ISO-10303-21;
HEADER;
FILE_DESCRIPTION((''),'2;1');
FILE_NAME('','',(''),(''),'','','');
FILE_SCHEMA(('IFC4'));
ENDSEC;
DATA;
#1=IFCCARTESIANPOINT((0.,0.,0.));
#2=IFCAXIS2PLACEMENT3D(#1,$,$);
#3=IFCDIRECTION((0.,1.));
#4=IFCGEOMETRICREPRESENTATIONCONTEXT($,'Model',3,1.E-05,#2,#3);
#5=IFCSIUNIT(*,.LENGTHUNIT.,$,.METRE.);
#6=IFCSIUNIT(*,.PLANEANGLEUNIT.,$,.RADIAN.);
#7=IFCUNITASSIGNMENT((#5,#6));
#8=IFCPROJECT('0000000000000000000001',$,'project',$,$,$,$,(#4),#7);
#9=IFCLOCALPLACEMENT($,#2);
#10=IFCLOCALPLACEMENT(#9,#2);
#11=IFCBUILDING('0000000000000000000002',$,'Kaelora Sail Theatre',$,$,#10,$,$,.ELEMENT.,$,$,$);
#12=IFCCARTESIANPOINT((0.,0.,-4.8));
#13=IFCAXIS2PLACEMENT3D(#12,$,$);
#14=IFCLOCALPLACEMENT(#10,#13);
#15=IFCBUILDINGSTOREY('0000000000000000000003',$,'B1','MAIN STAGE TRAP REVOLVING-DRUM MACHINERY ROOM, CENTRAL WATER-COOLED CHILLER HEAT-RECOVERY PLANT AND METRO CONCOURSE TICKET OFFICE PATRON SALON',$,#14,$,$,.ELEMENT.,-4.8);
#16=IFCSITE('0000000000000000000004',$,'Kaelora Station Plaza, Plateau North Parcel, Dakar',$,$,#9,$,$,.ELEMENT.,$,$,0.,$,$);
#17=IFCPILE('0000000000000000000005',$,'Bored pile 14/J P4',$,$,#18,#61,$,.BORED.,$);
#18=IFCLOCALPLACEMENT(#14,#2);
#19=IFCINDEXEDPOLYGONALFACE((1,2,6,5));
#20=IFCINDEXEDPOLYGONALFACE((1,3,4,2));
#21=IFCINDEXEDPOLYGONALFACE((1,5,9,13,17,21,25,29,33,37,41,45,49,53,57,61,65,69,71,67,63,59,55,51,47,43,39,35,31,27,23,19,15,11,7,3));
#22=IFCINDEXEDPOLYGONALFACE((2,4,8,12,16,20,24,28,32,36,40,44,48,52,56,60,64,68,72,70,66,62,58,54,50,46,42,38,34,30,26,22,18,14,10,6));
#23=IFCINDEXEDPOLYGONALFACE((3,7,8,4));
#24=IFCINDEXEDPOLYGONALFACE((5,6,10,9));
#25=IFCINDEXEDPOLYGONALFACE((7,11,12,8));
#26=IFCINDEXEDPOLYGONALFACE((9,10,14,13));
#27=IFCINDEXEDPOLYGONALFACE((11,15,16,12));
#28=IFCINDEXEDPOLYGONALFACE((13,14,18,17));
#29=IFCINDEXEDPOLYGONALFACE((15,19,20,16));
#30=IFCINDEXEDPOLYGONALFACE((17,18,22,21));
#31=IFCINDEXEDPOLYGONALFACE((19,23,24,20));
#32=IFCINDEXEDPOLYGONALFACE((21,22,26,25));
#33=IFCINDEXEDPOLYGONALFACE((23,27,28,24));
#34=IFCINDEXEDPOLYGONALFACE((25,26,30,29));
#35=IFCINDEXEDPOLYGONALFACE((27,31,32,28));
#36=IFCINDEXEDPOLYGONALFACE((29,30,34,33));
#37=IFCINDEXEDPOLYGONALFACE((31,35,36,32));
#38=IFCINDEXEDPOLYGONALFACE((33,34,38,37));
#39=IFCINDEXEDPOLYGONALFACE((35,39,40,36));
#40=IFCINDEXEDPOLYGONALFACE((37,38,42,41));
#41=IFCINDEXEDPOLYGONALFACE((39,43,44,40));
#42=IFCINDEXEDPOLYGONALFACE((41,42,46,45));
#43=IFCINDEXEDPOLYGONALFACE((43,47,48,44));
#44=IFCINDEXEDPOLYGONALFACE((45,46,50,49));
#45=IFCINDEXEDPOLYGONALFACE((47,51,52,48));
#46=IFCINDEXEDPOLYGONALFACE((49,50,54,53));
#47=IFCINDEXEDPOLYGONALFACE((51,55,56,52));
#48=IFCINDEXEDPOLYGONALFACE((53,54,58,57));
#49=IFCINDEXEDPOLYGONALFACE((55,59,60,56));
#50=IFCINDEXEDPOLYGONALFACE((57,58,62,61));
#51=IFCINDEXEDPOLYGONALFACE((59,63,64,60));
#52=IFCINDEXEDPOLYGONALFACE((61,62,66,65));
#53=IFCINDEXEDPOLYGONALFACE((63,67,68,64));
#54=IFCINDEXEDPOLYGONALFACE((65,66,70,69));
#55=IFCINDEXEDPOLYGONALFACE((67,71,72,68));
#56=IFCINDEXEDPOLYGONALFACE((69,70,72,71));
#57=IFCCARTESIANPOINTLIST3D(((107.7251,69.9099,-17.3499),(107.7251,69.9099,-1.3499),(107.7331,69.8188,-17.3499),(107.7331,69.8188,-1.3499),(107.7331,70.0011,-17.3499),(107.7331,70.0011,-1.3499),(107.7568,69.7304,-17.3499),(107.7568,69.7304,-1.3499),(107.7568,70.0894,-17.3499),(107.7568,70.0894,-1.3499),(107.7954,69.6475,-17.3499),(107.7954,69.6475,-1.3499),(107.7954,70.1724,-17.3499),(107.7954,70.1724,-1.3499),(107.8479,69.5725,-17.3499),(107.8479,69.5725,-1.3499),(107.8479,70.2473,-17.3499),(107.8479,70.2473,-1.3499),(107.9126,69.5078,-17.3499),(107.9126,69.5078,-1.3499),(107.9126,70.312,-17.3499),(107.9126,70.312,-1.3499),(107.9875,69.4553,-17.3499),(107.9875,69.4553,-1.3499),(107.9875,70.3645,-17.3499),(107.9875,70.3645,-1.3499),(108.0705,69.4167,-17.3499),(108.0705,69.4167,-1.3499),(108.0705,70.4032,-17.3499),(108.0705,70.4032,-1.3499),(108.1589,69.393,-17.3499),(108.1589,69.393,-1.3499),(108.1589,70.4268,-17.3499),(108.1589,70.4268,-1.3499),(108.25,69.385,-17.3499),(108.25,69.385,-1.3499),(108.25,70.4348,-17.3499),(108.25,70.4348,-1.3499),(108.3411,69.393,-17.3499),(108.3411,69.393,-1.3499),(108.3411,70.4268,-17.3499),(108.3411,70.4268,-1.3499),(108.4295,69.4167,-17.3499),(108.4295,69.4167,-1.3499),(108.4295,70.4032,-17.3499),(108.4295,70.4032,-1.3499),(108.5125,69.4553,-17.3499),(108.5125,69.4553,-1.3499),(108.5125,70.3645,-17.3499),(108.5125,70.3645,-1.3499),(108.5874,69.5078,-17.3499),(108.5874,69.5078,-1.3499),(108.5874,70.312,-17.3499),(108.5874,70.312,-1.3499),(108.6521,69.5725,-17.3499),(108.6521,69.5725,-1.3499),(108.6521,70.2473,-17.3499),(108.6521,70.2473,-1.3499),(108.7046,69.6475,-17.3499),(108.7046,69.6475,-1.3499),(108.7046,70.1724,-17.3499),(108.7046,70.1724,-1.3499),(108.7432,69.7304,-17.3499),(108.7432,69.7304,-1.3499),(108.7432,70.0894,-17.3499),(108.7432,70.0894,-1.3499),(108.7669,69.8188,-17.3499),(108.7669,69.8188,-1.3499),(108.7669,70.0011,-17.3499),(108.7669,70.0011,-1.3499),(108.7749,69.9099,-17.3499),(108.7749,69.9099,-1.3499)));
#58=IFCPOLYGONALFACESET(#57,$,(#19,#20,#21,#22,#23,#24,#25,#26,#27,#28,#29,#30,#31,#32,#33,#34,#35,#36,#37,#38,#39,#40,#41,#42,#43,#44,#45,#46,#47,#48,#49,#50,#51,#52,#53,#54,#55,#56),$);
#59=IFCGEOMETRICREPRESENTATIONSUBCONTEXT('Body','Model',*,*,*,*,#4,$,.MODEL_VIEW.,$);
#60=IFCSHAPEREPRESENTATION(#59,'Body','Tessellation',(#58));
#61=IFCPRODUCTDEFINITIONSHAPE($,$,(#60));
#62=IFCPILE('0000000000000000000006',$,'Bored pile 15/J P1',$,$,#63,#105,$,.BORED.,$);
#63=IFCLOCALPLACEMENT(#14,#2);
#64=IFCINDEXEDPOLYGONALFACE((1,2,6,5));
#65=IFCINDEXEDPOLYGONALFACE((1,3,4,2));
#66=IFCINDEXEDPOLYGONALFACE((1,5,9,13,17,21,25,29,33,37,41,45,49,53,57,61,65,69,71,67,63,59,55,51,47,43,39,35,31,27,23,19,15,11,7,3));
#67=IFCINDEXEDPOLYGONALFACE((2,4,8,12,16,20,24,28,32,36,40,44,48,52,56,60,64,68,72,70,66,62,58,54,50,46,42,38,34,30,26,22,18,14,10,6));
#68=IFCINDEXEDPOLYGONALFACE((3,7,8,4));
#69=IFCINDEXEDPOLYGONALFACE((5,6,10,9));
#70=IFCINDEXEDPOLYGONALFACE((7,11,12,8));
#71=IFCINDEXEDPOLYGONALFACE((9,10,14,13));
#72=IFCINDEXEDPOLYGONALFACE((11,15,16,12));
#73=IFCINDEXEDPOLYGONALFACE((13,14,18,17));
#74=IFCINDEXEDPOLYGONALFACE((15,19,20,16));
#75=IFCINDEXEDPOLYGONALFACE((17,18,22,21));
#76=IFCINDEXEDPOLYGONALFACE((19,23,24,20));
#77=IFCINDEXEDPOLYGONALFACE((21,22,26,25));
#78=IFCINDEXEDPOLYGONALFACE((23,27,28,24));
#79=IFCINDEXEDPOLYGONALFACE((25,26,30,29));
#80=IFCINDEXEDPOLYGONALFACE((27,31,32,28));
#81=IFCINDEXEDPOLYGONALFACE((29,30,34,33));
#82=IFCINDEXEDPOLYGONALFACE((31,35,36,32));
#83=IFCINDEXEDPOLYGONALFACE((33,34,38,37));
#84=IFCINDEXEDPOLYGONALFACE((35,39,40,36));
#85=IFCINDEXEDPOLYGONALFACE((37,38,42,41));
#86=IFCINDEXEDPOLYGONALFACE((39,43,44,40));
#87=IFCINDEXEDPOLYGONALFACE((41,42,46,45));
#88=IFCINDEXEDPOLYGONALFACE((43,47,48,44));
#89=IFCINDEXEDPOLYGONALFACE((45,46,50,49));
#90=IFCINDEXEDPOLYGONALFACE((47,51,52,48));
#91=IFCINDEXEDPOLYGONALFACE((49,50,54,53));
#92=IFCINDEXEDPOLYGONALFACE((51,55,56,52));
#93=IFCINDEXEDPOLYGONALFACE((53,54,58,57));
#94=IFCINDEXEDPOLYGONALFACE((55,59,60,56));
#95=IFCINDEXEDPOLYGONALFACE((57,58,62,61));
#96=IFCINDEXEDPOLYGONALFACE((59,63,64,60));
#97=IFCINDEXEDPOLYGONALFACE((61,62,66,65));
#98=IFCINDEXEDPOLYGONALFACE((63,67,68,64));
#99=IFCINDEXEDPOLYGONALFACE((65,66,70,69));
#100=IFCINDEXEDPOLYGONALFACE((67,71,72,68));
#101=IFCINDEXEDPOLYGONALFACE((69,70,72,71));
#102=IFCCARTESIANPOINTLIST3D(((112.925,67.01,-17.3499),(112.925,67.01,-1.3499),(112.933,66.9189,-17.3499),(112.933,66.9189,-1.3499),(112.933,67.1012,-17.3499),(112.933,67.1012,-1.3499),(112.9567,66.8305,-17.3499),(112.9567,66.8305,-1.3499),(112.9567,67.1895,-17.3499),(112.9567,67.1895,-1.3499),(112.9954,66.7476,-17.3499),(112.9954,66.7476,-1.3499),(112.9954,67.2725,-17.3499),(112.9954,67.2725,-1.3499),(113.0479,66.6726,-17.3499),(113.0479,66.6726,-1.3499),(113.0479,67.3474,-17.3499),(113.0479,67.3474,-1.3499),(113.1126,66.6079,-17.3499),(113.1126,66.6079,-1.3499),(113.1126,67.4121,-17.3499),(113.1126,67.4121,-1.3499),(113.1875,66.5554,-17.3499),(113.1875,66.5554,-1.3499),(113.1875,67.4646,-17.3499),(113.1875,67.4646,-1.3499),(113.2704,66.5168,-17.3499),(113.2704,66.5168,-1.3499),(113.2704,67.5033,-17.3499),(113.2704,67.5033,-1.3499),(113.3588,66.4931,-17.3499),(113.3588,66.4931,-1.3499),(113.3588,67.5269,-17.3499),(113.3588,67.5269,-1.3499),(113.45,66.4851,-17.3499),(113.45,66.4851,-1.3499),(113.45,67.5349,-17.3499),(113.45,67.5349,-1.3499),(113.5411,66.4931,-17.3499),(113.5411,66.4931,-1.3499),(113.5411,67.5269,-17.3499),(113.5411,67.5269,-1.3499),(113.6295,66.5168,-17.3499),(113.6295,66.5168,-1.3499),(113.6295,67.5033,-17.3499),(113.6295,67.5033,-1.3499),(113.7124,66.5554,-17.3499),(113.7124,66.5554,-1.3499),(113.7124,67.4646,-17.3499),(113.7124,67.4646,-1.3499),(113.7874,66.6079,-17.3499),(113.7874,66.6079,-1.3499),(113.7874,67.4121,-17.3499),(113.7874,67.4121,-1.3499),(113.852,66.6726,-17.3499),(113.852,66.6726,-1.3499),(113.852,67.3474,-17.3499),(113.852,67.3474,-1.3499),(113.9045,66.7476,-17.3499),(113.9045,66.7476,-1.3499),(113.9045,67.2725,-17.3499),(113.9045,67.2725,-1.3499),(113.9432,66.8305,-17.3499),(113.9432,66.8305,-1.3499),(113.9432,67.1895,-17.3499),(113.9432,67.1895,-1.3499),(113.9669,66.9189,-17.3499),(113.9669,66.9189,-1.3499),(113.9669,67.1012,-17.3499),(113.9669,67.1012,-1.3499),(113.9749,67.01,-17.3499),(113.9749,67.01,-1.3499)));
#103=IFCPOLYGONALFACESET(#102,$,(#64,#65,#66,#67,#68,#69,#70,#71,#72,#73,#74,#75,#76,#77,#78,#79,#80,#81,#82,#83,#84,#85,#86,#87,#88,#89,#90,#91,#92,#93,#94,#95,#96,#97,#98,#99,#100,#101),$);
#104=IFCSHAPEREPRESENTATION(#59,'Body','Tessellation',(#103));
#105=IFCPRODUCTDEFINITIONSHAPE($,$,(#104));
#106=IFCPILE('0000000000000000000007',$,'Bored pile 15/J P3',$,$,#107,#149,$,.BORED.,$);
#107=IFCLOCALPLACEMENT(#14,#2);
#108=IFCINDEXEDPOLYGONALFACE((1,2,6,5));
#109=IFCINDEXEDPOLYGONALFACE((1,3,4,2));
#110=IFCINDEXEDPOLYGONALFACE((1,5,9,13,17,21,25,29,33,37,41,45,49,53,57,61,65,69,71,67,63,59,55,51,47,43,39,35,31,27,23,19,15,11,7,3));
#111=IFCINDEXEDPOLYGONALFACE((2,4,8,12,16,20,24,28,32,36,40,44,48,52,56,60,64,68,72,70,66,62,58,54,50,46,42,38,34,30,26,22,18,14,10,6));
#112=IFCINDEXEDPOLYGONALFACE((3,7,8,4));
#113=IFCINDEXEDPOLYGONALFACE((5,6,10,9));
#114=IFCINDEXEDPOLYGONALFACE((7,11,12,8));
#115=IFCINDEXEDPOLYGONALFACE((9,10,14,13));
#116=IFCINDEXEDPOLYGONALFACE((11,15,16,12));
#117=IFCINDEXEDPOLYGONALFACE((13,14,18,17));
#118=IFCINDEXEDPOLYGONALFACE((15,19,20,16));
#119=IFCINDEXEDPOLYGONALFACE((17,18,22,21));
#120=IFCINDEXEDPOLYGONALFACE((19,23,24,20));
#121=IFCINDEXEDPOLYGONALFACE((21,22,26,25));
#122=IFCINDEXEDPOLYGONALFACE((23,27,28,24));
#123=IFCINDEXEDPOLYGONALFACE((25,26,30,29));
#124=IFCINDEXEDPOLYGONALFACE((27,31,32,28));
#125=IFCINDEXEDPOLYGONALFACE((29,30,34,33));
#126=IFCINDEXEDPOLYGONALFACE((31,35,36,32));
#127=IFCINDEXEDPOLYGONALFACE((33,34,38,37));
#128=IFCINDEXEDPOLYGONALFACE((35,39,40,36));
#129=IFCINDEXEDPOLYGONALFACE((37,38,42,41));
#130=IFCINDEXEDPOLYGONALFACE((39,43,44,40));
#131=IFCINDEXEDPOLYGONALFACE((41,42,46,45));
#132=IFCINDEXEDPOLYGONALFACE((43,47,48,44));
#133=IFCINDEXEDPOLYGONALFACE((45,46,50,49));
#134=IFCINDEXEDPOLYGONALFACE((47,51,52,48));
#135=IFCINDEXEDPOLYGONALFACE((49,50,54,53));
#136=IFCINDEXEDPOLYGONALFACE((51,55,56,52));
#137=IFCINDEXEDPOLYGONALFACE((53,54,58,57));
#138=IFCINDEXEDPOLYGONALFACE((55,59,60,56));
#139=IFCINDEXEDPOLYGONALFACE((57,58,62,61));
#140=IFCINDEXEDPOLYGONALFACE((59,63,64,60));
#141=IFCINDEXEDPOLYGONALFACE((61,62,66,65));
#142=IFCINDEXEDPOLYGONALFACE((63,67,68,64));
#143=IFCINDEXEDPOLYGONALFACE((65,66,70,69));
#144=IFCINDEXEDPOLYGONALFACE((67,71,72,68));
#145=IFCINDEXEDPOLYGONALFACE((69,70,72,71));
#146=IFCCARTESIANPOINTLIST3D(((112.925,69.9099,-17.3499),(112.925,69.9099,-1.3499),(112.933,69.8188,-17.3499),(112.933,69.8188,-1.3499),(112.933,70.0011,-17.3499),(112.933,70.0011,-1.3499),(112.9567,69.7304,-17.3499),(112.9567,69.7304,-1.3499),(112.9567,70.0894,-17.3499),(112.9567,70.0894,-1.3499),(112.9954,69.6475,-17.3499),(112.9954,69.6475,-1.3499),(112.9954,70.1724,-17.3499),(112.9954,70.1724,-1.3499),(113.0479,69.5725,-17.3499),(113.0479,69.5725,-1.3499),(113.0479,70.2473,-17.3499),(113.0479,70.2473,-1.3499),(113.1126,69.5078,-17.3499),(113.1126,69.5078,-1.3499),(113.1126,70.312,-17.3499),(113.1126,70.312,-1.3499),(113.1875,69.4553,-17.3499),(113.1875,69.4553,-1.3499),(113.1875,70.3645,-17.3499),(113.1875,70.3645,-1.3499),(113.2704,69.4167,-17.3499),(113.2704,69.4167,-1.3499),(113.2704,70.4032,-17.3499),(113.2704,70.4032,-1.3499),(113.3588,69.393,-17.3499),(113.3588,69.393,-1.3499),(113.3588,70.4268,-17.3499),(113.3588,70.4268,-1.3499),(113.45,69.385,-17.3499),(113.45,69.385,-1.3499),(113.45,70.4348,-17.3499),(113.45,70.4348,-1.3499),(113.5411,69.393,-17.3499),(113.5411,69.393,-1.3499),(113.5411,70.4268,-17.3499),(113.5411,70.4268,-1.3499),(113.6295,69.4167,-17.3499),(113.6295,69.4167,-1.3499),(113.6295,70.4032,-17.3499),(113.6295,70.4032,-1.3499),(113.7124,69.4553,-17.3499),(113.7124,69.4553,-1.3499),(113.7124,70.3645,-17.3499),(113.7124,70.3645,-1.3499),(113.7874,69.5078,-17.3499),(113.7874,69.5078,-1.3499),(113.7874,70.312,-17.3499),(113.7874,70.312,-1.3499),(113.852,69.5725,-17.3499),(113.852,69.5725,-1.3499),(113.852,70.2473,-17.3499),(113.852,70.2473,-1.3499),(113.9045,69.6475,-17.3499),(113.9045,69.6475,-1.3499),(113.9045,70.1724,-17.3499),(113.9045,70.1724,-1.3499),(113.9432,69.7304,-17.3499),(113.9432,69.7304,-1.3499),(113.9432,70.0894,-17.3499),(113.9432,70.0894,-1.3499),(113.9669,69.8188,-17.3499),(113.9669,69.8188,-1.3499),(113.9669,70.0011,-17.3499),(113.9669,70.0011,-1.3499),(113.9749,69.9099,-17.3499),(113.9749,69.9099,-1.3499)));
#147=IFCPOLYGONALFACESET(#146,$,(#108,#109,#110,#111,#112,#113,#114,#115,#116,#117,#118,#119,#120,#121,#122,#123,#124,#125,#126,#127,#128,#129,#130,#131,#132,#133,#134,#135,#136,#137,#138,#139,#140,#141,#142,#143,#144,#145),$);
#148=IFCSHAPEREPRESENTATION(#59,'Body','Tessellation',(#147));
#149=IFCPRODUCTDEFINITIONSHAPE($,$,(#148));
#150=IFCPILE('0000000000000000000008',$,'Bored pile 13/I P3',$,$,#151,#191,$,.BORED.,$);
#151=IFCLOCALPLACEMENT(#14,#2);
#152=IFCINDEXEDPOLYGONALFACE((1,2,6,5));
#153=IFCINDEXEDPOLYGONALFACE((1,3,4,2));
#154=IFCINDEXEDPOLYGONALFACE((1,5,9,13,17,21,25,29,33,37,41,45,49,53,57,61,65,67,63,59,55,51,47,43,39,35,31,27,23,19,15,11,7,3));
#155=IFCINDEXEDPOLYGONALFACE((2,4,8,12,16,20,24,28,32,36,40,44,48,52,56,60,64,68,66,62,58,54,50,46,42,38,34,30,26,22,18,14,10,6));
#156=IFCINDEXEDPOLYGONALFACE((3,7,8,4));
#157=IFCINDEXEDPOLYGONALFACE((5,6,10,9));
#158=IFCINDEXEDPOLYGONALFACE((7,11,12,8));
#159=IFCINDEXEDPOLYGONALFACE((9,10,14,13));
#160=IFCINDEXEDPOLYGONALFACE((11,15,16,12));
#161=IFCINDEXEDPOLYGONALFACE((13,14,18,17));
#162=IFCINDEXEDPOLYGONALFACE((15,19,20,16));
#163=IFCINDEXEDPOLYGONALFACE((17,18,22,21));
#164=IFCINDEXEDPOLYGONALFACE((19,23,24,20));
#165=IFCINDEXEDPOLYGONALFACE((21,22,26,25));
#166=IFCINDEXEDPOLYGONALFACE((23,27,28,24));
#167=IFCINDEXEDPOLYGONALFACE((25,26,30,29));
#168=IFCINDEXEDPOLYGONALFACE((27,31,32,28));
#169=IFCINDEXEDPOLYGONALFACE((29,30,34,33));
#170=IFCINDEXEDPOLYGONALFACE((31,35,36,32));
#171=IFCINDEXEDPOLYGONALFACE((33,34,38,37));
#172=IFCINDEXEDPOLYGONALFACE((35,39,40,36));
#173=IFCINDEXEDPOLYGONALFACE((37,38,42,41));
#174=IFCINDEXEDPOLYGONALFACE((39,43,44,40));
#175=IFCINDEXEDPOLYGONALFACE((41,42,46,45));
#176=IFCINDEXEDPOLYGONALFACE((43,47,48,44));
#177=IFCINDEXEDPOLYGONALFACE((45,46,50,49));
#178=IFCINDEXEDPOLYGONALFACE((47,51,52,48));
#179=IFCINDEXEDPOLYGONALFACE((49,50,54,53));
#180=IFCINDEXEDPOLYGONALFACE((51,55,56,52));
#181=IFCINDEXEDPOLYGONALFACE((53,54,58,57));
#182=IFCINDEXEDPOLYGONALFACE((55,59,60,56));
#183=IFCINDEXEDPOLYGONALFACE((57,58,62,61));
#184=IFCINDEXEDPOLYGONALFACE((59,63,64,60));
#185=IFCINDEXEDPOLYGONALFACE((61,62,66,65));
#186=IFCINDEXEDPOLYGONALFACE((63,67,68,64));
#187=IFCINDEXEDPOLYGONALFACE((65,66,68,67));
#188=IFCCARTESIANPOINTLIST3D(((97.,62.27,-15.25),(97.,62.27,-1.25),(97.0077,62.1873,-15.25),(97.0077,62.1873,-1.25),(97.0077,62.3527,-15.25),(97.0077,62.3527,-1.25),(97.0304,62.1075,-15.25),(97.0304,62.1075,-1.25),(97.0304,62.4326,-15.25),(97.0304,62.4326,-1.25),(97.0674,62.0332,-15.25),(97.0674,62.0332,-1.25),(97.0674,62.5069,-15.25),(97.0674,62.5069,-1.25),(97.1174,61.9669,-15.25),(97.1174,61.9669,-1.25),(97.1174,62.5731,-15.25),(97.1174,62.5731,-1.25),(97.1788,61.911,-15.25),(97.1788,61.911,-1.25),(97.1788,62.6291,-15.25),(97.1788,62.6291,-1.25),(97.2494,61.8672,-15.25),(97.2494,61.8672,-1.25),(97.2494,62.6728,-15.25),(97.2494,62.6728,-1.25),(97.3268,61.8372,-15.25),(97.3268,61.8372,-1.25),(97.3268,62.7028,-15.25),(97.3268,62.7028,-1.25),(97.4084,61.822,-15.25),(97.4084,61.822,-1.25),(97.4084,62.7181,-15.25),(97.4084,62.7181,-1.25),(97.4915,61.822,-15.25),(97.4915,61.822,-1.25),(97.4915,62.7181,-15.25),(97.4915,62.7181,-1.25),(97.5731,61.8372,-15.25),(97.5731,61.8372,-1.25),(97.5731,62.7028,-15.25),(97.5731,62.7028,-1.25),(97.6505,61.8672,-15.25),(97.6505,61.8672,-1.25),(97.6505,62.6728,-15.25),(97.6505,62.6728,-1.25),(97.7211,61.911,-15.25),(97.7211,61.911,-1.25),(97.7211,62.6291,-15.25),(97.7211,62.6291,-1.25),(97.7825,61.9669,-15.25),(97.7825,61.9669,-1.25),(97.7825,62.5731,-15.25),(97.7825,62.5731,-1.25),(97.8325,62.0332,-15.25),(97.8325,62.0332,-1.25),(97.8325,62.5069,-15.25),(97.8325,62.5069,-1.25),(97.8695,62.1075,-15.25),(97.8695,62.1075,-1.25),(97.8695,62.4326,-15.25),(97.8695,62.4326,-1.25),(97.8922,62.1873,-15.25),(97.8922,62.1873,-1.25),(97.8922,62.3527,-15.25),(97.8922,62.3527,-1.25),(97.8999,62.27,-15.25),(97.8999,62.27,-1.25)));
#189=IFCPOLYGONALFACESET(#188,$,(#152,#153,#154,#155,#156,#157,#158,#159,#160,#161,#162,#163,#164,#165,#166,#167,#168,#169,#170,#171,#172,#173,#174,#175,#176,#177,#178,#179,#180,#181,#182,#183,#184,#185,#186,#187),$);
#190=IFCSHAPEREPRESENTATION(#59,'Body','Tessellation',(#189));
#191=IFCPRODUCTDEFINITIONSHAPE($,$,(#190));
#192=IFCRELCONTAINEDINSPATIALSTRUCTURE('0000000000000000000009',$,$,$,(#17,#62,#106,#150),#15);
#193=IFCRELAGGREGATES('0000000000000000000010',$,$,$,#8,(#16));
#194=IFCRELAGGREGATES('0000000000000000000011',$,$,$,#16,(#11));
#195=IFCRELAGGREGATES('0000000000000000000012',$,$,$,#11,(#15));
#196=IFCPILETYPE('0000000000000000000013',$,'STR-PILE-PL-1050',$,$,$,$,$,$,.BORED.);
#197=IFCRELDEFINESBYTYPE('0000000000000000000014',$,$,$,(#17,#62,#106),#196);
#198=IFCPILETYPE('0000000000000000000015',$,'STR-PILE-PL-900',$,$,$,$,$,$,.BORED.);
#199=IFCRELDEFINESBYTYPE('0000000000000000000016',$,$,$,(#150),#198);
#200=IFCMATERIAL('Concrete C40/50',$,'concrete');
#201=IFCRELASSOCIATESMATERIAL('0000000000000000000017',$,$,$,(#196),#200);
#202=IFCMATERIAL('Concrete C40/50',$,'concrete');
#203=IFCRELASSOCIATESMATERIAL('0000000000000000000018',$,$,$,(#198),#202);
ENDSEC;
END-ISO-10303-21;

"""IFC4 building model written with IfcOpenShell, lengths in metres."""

from ifc_helpers import new_model, si_unit, direction, frame, origin, origin_2d, place, context, subcontext, project, spatial, circle, extrude, material, material_profile, profile_set, type_object, element, save


model = new_model("IFC4")

# Units and contexts
model_context = context("Model", 3, precision=1e-05, world=origin(), true_north=direction((0.0, 1.0)))
body_context = subcontext(model_context, "Body", "Model", "MODEL_VIEW")
ifc_project = project(units=[si_unit("LENGTHUNIT", "METRE"), si_unit("PLANEANGLEUNIT", "RADIAN")], contexts=[model_context])

# Site, building, storey
site_placement = place(None, origin())
site = spatial("IfcSite", under=ifc_project, at=site_placement, Name="Kaelora Station Plaza, Plateau North Parcel, Dakar", CompositionType="ELEMENT", RefElevation=0.0)
building_placement = place(site_placement, origin())
building = spatial("IfcBuilding", under=site, at=building_placement, Name="Kaelora Sail Theatre", CompositionType="ELEMENT")
storey_placement = place(building_placement, frame((0.0, 0.0, -4.8)))
storey = spatial("IfcBuildingStorey", under=building, at=storey_placement, Name="B1", Description="MAIN STAGE TRAP REVOLVING-DRUM MACHINERY ROOM, CENTRAL WATER-COOLED CHILLER HEAT-RECOVERY PLANT AND METRO CONCOURSE TICKET OFFICE PATRON SALON", CompositionType="ELEMENT", Elevation=-4.8)

# Piles
ifc_material_1 = material(Name="Concrete C40/50", Category="concrete")
ifc_material_profile_1 = material_profile(ifc_material_1, circle(Radius=0.5249, at=origin_2d()), Name="PILE D1050")
ifc_profile_set_1 = profile_set([ifc_material_profile_1], Name="Concrete C40/50")
pile_type_1 = type_object("IfcPileType", Name="STR-PILE-PL-1050", PredefinedType="BORED", material=ifc_profile_set_1)
for number, where, z_axis, x_axis, name in (
    (1, (108.25, 69.9099, -1.3499), (0.0, 0.0, -1.0), (1.0, 0.0, 0.0), "Bored pile 14/J P4"),
    (2, (113.45, 67.01, -1.3499), (0.0, 0.0, -1.0), (1.0, 0.0, 0.0), "Bored pile 15/J P1"),
    (3, (113.45, 69.9099, -1.3499), (0.0, 0.0, -1.0), (1.0, 0.0, 0.0), "Bored pile 15/J P3"),
):
    element("IfcPile", number, at=place(storey_placement, frame(where, z_axis=z_axis, x_axis=x_axis)), inside=storey, type_object=pile_type_1, Name=name, PredefinedType="BORED", context=body_context, shape_type="SweptSolid", body=[
        extrude(circle(Radius=0.5249, at=origin_2d()), origin(), (0.0, 0.0, 1.0), 16.0),
    ])
ifc_material_2 = material(Name="Concrete C40/50", Category="concrete")
ifc_material_profile_2 = material_profile(ifc_material_2, circle(Radius=0.45, at=origin_2d()), Name="PILE D900")
ifc_profile_set_2 = profile_set([ifc_material_profile_2], Name="Concrete C40/50")
pile_type_2 = type_object("IfcPileType", Name="STR-PILE-PL-900", PredefinedType="BORED", material=ifc_profile_set_2)
for number, where, z_axis, x_axis, name in (
    (4, (97.45, 62.27, -1.25), (0.0, 0.0, -1.0), (1.0, 0.0, 0.0), "Bored pile 13/I P3"),
):
    element("IfcPile", number, at=place(storey_placement, frame(where, z_axis=z_axis, x_axis=x_axis)), inside=storey, type_object=pile_type_2, Name=name, PredefinedType="BORED", context=body_context, shape_type="SweptSolid", body=[
        extrude(circle(Radius=0.45, at=origin_2d()), origin(), (0.0, 0.0, 1.0), 14.0),
    ])

save(model, "model.ifc")
